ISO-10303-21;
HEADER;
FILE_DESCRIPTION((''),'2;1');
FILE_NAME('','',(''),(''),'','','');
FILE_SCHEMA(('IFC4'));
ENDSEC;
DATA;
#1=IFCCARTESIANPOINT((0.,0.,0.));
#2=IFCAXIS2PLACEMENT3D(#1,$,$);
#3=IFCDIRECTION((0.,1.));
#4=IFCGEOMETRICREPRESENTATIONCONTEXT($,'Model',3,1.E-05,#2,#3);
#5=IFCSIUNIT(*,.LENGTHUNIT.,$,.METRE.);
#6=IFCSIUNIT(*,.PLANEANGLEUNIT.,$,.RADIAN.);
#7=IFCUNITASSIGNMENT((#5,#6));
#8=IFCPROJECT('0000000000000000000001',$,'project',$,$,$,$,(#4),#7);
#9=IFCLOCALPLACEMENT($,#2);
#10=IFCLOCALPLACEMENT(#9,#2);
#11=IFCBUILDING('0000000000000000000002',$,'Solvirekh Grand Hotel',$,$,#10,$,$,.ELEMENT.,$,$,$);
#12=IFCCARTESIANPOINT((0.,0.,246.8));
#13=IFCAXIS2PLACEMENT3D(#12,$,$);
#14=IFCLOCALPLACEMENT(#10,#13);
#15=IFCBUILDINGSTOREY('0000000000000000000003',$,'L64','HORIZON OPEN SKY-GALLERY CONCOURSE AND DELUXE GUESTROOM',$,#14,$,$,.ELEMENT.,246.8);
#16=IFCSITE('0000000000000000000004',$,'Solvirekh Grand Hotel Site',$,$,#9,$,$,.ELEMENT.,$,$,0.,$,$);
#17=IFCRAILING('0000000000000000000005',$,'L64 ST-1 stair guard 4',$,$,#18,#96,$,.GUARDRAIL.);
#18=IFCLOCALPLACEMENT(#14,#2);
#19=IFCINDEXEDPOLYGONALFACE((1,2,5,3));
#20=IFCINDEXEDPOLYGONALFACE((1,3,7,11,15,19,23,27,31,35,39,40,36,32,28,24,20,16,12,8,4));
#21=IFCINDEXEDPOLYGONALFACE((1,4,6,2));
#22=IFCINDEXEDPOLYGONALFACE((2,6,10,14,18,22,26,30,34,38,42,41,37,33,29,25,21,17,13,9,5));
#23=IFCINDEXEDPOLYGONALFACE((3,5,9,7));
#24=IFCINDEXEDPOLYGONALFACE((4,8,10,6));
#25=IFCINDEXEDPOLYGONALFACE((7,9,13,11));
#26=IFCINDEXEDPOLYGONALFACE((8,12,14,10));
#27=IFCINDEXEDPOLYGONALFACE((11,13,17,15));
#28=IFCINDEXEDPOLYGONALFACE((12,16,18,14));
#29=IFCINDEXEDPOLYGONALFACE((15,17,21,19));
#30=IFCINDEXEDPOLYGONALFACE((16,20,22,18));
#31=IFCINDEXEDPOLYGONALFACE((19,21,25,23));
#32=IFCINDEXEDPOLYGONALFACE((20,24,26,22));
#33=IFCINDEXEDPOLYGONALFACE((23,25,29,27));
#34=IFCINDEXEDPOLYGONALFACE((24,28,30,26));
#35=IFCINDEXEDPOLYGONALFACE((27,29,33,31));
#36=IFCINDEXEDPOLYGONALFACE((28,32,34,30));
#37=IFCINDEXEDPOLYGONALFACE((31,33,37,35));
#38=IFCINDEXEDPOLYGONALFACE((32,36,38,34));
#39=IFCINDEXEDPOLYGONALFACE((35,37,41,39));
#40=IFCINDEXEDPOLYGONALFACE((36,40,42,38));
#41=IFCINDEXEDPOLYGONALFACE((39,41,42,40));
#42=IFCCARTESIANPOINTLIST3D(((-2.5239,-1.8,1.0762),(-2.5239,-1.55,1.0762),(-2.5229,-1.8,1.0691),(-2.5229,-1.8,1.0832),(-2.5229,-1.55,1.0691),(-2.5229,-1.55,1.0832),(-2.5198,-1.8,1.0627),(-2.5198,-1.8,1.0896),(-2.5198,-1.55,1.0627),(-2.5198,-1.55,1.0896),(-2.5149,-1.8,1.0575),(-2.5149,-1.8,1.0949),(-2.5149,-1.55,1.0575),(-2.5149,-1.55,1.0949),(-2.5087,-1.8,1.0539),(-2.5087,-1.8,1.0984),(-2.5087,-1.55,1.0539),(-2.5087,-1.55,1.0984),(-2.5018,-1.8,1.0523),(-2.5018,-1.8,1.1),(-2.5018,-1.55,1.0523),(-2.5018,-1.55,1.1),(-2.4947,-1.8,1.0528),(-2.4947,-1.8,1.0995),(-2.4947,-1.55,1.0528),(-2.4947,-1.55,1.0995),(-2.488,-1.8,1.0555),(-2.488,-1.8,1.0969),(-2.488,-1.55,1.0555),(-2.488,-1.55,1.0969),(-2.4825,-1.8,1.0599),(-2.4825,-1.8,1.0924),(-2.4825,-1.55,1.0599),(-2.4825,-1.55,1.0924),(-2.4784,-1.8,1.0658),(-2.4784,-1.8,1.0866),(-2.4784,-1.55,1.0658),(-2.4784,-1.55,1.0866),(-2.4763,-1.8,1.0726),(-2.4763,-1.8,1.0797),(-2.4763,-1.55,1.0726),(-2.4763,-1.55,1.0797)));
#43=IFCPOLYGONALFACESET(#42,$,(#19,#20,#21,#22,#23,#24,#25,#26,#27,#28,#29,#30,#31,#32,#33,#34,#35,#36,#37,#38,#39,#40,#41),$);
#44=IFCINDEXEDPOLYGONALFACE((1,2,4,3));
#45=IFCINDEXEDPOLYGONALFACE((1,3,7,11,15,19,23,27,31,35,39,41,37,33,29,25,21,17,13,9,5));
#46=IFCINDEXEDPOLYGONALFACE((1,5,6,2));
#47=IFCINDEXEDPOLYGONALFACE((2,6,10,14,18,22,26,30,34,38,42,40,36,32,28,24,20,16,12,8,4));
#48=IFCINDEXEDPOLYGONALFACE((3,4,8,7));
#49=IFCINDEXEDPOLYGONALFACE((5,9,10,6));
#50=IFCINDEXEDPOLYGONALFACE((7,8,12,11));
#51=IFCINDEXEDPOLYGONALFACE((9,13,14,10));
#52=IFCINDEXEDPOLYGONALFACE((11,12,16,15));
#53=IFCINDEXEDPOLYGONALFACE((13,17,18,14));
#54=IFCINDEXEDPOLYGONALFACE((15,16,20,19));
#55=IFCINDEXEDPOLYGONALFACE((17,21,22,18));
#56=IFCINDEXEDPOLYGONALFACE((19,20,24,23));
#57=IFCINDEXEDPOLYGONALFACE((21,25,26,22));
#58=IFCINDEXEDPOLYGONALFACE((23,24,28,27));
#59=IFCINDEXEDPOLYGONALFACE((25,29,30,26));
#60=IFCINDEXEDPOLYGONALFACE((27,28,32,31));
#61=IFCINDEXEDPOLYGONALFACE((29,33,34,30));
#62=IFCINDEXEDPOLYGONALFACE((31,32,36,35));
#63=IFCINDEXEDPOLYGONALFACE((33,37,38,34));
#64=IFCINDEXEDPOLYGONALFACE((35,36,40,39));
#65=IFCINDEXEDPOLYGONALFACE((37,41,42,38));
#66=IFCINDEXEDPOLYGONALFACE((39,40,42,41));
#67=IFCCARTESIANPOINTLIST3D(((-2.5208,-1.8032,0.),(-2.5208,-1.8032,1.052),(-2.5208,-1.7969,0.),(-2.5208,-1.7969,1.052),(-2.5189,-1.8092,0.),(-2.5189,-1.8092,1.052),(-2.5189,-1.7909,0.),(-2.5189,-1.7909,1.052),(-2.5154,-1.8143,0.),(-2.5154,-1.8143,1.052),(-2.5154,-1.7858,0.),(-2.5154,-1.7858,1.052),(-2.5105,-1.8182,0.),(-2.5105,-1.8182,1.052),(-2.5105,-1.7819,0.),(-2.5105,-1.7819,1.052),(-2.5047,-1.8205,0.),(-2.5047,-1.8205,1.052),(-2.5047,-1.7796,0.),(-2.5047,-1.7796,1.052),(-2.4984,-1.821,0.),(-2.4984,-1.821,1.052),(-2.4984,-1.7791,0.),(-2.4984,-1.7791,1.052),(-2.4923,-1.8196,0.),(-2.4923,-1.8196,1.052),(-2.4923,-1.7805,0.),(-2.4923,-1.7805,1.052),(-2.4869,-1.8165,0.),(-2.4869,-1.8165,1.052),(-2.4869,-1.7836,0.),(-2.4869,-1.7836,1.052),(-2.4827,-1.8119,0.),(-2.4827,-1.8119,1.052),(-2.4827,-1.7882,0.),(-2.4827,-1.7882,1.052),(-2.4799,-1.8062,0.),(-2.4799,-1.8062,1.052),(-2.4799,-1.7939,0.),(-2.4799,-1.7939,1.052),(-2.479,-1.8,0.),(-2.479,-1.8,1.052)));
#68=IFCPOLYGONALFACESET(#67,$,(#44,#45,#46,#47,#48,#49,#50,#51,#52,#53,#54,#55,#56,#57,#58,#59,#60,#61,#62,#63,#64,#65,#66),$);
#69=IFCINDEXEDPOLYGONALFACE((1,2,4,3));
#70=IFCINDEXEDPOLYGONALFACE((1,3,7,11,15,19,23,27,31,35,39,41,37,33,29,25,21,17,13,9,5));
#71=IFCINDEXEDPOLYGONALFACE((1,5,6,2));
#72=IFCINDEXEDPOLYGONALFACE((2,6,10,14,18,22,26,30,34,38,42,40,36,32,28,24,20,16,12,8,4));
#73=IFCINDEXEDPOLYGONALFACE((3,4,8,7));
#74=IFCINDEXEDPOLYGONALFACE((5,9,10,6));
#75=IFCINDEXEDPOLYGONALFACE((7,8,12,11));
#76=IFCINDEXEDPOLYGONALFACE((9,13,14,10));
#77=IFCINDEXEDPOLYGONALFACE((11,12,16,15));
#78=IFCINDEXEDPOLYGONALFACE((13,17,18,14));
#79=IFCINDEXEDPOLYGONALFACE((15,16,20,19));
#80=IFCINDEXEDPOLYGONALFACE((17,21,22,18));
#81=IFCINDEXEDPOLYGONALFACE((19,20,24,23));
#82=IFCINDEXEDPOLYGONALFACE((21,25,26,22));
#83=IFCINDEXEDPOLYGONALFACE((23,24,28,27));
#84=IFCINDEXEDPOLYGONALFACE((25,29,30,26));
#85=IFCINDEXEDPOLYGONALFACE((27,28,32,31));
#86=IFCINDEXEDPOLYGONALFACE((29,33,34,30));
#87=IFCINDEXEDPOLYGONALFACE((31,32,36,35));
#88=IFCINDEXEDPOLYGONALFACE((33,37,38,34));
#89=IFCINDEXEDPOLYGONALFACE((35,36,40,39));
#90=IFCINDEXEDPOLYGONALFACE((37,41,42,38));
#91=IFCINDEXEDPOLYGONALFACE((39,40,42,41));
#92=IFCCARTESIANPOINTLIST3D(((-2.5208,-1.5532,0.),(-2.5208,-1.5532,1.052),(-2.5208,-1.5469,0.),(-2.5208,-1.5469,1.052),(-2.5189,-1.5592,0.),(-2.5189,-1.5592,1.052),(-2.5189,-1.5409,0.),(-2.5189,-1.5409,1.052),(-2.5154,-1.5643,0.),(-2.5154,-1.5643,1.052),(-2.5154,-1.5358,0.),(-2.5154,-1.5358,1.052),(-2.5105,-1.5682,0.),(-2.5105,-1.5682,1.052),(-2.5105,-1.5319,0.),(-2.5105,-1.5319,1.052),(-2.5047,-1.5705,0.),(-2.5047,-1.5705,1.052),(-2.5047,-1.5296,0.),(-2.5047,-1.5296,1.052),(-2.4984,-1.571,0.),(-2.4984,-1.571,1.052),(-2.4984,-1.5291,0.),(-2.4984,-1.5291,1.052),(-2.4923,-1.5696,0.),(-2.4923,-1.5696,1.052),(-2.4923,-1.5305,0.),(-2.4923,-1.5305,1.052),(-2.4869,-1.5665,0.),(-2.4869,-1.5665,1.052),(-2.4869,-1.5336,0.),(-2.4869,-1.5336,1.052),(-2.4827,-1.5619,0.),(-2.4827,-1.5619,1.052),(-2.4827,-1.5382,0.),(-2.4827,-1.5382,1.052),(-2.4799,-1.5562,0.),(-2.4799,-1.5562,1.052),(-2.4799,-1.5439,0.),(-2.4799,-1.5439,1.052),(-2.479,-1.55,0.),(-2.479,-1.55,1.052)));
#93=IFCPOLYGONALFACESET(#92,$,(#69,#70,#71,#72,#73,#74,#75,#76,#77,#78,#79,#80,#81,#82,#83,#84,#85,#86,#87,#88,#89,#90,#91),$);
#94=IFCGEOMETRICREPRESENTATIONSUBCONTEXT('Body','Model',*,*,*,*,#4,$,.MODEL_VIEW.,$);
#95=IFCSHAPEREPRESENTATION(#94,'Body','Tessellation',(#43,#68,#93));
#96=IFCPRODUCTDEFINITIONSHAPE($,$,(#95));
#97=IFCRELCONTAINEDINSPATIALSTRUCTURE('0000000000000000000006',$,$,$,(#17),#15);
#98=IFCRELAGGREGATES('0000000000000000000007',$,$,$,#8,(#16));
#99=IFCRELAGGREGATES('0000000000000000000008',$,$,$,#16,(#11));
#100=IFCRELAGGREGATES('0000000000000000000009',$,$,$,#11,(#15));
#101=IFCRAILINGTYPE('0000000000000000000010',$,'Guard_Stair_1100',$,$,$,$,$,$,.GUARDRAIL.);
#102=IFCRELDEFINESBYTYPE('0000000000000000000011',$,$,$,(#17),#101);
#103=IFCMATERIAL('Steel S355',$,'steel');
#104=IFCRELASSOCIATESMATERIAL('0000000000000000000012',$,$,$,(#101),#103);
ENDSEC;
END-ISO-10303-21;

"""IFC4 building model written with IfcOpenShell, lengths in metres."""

from ifc_helpers import new_model, si_unit, direction, frame, origin, origin_2d, place, context, subcontext, project, spatial, circle, extrude, material, type_object, element, save


model = new_model("IFC4")

# Units and contexts
model_context = context("Model", 3, precision=1e-05, world=origin(), true_north=direction((0.0, 1.0)))
body_context = subcontext(model_context, "Body", "Model", "MODEL_VIEW")
ifc_project = project(units=[si_unit("LENGTHUNIT", "METRE"), si_unit("PLANEANGLEUNIT", "RADIAN")], contexts=[model_context])

# Site, building, storey
site_placement = place(None, origin())
site = spatial("IfcSite", under=ifc_project, at=site_placement, Name="Solvirekh Grand Hotel Site", CompositionType="ELEMENT", RefElevation=0.0)
building_placement = place(site_placement, origin())
building = spatial("IfcBuilding", under=site, at=building_placement, Name="Solvirekh Grand Hotel", CompositionType="ELEMENT")
storey_placement = place(building_placement, frame((0.0, 0.0, 246.8)))
storey = spatial("IfcBuildingStorey", under=building, at=storey_placement, Name="L64", Description="HORIZON OPEN SKY-GALLERY CONCOURSE AND DELUXE GUESTROOM", CompositionType="ELEMENT", Elevation=246.8)

# Shared definitions
ifc_material_1 = material(Name="Steel S355", Category="steel")

# Railing
railing_type_1 = type_object("IfcRailingType", Name="Guard_Stair_1100", PredefinedType="GUARDRAIL", material=ifc_material_1)
railing_1_placement = place(storey_placement, frame((-2.5, -1.8, 0.0)))
element("IfcRailing", 1, at=railing_1_placement, inside=storey, type_object=railing_type_1, Name="L64 ST-1 stair guard 4", PredefinedType="GUARDRAIL", context=body_context, shape_type="SweptSolid", body=[
    extrude(circle(Radius=0.0239, at=origin_2d()), frame((0.0, 0.0, 1.0762), z_axis=(0.0, 1.0, 0.0), x_axis=(-1.0, 0.0, 0.0)), (0.0, 0.0, 1.0), 0.25),
    extrude(circle(Radius=0.021, at=origin_2d()), origin(), (0.0, 0.0, 1.0), 1.052),
    extrude(circle(Radius=0.021, at=origin_2d()), frame((0.0, 0.25, 0.0)), (0.0, 0.0, 1.0), 1.052),
])

save(model, "model.ifc")
